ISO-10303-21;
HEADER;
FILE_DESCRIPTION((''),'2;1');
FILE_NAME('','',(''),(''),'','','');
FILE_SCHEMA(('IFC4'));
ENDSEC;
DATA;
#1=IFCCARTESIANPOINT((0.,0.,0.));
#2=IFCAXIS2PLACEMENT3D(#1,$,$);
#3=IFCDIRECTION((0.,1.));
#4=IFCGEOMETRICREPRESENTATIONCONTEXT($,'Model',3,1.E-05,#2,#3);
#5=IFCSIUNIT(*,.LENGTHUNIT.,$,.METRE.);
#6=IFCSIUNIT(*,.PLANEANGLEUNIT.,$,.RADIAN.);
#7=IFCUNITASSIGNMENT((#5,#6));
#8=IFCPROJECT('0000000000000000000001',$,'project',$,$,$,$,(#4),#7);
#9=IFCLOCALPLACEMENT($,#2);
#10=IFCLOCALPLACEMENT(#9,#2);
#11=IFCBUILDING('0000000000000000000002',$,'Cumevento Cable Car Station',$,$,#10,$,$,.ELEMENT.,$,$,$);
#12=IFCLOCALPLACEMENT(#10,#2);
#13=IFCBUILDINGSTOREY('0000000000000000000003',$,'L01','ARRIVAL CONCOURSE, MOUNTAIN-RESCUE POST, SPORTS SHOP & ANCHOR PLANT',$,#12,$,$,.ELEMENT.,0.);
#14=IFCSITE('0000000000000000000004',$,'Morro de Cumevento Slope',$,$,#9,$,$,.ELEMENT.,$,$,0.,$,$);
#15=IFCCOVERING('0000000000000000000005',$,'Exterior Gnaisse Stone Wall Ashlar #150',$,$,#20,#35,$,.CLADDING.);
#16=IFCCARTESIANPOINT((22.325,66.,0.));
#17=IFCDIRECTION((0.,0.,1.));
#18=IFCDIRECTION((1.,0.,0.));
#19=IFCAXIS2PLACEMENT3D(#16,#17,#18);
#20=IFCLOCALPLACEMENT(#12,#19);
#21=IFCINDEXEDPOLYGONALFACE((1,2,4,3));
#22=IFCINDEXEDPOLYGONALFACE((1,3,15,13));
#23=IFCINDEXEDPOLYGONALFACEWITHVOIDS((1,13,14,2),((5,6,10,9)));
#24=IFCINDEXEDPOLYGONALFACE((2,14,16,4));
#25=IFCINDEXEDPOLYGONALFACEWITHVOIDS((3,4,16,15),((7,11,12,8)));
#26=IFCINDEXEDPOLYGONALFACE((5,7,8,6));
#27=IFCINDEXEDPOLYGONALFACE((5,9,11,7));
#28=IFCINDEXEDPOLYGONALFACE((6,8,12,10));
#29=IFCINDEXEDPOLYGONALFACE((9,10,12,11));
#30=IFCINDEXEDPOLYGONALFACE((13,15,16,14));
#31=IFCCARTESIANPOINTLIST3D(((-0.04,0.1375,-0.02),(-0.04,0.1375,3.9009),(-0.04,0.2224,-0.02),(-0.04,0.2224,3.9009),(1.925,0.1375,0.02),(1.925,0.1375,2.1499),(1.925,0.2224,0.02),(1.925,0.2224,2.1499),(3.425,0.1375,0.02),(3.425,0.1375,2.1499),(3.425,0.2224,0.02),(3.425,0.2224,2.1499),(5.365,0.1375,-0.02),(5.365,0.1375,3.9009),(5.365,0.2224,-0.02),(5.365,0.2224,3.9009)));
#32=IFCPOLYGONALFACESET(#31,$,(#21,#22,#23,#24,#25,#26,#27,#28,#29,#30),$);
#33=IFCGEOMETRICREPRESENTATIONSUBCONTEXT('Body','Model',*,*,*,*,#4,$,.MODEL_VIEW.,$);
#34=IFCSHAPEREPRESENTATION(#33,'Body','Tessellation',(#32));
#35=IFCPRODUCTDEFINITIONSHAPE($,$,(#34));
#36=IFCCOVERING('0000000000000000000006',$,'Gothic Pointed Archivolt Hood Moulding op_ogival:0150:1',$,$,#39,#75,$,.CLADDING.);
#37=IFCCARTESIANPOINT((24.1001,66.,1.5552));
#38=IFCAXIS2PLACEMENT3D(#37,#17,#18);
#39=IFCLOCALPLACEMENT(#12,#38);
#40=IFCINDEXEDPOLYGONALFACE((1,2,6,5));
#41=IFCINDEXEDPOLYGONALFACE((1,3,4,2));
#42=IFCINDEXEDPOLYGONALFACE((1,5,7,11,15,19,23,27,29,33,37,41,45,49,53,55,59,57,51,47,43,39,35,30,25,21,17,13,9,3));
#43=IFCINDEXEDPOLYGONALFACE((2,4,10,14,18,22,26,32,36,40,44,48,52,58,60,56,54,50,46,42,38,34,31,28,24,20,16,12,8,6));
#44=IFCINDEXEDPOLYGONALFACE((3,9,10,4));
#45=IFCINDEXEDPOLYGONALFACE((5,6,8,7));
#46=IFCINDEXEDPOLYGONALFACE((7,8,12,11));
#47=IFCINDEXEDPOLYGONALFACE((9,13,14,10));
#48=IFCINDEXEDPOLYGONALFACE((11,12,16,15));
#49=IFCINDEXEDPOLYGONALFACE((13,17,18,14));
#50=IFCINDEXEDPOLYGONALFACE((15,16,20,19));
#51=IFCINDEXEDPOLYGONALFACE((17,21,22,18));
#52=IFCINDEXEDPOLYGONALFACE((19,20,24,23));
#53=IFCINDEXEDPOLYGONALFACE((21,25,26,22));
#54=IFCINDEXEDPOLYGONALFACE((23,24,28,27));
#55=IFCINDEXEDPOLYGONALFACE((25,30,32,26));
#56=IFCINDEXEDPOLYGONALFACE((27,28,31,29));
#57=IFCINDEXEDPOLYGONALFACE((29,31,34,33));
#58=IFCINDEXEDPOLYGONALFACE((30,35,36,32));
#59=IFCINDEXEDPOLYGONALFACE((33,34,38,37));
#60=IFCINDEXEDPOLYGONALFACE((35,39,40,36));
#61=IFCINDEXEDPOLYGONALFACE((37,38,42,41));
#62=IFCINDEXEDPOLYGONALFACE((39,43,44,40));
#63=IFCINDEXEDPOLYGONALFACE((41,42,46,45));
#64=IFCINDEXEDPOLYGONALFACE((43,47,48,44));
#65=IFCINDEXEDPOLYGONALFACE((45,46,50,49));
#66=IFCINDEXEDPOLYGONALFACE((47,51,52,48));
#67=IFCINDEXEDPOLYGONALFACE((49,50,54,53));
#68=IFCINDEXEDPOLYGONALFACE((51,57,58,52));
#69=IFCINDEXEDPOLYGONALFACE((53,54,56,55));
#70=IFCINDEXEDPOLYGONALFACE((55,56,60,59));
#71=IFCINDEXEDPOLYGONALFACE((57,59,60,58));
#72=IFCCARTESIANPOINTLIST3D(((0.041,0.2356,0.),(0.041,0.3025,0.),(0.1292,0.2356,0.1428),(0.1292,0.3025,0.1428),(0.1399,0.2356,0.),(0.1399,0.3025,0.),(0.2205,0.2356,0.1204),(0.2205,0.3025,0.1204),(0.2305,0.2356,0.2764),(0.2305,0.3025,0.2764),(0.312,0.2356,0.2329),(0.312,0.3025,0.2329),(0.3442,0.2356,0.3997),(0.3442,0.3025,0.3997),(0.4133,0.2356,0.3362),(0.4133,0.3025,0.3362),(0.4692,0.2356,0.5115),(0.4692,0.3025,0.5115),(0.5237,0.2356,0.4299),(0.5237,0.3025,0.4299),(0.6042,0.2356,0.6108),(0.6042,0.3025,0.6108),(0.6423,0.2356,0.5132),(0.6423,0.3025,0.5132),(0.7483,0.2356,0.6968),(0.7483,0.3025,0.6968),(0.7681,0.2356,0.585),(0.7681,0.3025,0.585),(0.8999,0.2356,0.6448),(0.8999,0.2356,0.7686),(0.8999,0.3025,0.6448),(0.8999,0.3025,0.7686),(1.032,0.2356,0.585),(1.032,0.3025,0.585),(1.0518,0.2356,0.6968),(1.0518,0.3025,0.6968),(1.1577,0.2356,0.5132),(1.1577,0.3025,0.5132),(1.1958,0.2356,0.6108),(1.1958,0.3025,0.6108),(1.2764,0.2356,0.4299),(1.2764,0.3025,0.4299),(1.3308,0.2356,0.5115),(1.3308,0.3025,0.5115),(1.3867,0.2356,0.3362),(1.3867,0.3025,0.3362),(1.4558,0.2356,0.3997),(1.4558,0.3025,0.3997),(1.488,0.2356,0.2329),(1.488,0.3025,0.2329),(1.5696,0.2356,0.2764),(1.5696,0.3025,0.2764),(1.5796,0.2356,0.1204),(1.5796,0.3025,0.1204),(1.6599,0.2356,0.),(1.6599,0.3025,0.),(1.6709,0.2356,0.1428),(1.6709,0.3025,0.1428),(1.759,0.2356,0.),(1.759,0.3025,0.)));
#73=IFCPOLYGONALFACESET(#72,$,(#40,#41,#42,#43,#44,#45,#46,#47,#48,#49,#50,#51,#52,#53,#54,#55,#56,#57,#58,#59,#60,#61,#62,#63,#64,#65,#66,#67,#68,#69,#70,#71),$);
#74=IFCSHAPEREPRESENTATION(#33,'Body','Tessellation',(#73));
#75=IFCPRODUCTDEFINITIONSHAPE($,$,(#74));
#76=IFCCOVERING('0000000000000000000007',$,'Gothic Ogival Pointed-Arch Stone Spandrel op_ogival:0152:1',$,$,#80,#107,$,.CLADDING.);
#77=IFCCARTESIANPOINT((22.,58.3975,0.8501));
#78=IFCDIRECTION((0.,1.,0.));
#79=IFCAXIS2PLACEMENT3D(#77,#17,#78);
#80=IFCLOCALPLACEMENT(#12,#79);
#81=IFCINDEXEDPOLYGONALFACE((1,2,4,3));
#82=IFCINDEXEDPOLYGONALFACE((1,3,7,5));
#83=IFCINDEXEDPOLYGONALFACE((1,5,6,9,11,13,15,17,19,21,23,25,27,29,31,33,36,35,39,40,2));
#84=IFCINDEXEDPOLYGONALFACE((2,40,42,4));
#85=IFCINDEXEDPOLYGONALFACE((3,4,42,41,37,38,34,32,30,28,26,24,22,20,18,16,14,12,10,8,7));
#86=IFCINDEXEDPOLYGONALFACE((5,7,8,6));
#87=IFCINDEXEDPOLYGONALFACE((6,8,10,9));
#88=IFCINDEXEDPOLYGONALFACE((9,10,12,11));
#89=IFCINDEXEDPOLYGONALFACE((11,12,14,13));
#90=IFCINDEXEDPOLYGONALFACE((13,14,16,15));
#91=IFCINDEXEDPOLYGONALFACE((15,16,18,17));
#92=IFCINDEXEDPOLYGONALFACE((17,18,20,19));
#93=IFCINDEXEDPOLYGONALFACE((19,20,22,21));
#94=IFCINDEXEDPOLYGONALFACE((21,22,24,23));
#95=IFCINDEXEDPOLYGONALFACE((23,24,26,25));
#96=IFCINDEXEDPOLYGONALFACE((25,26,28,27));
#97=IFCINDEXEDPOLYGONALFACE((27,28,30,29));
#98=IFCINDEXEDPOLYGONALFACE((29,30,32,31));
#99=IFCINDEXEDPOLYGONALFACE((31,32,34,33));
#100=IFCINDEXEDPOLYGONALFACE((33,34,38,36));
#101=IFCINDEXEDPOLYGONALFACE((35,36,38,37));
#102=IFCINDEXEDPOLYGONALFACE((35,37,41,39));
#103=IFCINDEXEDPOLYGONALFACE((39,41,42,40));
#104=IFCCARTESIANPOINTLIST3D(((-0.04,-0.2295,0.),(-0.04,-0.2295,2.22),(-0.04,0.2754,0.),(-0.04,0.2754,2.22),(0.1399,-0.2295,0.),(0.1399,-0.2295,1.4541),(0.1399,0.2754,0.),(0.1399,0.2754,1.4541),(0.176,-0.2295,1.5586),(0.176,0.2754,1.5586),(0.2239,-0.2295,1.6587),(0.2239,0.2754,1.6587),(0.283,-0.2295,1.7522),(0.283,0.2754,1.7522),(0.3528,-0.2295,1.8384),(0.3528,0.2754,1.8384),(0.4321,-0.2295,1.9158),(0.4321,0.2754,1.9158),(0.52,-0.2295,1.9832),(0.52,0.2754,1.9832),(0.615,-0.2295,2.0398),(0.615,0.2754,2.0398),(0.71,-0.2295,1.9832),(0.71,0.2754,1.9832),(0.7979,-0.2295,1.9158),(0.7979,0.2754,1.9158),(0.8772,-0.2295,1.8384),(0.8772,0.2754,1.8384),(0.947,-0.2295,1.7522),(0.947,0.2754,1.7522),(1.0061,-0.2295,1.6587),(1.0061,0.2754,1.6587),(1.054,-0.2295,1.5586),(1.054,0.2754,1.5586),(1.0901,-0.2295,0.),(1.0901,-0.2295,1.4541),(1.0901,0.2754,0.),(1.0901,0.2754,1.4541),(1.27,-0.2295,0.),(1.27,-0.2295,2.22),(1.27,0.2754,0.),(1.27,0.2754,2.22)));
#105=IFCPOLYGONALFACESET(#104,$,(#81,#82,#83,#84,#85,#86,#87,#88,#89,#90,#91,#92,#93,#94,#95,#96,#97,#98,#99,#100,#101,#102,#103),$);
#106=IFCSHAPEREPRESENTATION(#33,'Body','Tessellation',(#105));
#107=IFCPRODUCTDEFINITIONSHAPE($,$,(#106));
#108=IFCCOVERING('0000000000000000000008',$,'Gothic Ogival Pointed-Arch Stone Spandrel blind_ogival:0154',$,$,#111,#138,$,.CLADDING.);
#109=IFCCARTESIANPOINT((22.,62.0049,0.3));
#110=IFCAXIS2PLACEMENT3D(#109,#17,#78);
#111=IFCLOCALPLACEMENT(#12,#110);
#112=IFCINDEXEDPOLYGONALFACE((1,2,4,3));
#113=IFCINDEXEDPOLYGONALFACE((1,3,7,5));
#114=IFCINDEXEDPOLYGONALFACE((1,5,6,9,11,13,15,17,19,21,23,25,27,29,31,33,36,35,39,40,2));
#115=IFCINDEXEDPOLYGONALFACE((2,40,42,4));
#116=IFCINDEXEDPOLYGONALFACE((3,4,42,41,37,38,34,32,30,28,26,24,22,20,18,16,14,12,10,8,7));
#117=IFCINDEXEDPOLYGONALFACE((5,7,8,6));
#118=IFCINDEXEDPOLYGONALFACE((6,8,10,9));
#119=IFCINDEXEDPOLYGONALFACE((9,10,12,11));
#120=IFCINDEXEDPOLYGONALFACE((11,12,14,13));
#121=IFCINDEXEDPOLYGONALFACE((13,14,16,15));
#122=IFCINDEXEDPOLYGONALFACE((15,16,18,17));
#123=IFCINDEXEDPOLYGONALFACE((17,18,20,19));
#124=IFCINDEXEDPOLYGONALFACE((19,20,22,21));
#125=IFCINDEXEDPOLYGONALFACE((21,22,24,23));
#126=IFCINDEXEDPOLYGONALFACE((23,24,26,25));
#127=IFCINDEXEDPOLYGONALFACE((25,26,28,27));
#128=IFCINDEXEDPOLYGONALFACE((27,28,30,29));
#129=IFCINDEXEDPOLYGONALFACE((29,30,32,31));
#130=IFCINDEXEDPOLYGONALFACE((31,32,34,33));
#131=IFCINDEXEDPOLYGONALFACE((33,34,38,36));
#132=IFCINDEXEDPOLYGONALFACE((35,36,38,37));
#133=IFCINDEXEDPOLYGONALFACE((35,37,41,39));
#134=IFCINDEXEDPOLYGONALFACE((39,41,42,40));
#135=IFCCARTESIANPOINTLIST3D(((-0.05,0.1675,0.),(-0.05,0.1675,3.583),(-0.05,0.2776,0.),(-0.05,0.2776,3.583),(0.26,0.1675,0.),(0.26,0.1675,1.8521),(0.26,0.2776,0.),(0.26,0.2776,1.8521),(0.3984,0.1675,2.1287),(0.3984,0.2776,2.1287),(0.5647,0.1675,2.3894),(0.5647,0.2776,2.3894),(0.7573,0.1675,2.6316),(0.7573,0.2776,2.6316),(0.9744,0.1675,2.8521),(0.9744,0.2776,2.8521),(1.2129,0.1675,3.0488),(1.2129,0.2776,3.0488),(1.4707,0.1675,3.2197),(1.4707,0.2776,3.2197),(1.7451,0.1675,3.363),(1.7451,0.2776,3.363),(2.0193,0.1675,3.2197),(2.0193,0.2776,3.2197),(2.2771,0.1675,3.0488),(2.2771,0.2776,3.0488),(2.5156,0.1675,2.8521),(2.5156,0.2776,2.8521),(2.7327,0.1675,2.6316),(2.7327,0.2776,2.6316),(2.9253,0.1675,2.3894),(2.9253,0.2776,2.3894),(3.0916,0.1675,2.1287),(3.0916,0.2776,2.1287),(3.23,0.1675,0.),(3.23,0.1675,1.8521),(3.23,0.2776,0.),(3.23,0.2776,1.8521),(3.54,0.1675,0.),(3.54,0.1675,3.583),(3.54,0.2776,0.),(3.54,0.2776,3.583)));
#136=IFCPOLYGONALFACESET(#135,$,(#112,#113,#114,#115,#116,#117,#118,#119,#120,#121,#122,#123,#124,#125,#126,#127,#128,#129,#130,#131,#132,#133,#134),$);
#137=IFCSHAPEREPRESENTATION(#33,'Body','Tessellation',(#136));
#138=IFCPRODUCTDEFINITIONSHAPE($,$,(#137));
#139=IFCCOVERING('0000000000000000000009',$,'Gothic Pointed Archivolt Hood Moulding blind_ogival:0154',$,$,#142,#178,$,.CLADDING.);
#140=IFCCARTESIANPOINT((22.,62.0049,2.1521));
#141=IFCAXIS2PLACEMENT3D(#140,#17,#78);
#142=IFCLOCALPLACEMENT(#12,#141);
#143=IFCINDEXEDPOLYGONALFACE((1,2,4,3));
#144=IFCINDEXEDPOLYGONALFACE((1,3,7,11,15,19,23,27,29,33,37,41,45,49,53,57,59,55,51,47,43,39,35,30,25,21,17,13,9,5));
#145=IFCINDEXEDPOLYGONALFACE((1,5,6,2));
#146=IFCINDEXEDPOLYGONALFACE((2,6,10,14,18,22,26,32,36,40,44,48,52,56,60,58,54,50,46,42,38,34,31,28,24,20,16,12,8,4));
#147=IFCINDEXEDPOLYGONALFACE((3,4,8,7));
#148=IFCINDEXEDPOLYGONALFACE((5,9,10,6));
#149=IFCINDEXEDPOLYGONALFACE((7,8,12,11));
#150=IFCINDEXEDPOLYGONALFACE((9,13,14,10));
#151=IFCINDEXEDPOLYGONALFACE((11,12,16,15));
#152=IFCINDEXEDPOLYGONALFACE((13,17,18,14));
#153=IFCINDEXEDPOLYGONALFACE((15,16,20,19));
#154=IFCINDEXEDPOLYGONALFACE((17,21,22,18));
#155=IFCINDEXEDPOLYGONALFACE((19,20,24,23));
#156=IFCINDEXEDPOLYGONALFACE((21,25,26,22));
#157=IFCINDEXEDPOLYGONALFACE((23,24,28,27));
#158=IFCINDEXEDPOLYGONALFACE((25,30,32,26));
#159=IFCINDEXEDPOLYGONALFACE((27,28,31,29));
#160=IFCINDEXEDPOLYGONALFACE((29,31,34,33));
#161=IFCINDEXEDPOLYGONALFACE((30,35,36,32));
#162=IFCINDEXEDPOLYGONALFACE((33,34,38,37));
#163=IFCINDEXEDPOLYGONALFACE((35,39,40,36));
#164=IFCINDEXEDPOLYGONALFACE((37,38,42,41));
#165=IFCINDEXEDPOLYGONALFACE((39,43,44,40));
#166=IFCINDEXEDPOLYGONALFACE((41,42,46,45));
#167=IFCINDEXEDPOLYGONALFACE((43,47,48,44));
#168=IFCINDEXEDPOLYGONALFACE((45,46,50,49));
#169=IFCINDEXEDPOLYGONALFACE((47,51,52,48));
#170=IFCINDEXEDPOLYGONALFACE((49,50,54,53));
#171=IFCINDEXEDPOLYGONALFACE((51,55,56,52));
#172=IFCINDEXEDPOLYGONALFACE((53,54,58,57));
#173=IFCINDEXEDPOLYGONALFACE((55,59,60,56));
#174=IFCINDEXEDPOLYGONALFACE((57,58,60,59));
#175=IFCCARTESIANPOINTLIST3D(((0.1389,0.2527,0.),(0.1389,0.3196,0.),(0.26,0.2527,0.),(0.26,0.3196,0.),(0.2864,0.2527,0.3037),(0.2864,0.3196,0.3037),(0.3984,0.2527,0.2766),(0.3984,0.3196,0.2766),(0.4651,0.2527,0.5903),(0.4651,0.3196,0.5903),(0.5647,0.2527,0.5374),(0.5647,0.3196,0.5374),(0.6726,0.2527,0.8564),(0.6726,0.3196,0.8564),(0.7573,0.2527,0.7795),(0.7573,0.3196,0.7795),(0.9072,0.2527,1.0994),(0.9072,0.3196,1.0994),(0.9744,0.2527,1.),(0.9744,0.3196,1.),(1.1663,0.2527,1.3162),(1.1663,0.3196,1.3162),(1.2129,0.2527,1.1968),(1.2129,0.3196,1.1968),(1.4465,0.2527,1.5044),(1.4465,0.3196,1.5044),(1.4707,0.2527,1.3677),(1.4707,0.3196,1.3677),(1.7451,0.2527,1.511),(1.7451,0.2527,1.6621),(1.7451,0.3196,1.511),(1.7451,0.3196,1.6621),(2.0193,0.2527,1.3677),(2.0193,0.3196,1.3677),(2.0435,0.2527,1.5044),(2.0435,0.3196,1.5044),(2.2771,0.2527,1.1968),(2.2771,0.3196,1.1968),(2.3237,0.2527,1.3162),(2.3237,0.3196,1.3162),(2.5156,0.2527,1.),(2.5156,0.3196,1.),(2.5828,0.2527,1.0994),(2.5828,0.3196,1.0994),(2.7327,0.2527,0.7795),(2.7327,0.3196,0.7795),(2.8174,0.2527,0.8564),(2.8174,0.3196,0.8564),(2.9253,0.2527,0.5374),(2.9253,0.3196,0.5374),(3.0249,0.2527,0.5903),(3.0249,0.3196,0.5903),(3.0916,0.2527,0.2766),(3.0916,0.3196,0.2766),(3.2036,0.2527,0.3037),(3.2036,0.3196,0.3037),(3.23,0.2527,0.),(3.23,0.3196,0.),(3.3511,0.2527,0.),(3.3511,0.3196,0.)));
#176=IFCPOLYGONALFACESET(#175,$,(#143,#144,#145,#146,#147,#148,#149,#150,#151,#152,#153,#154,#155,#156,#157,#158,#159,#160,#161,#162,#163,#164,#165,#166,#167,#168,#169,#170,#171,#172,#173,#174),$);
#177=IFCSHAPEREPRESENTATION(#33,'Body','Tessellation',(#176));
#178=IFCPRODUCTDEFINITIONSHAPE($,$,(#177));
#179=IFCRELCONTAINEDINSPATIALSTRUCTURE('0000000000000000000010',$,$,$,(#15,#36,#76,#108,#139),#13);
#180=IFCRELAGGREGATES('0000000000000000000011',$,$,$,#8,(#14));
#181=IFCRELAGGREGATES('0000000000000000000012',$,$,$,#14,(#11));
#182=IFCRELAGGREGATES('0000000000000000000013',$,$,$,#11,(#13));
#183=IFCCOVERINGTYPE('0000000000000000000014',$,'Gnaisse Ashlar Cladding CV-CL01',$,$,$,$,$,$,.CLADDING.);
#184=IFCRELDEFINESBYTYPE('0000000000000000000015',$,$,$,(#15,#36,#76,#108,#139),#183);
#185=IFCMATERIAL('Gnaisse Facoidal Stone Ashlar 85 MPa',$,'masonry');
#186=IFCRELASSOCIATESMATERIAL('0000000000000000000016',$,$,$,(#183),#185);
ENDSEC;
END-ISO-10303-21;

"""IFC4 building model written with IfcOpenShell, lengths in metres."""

from ifc_helpers import new_model, si_unit, direction, frame, origin, place, context, subcontext, project, spatial, polyline, outline, extrude, material, type_object, element, save


model = new_model("IFC4")

# Units and contexts
model_context = context("Model", 3, precision=1e-05, world=origin(), true_north=direction((0.0, 1.0)))
body_context = subcontext(model_context, "Body", "Model", "MODEL_VIEW")
ifc_project = project(units=[si_unit("LENGTHUNIT", "METRE"), si_unit("PLANEANGLEUNIT", "RADIAN")], contexts=[model_context])

# Site, building, storey
site_placement = place(None, origin())
site = spatial("IfcSite", under=ifc_project, at=site_placement, Name="Morro de Cumevento Slope", CompositionType="ELEMENT", RefElevation=0.0)
building_placement = place(site_placement, origin())
building = spatial("IfcBuilding", under=site, at=building_placement, Name="Cumevento Cable Car Station", CompositionType="ELEMENT")
storey_placement = place(building_placement, origin())
storey = spatial("IfcBuildingStorey", under=building, at=storey_placement, Name="L01", Description="ARRIVAL CONCOURSE, MOUNTAIN-RESCUE POST, SPORTS SHOP & ANCHOR PLANT", CompositionType="ELEMENT", Elevation=0.0)

# Coverings
ifc_material_1 = material(Name="Gnaisse Facoidal Stone Ashlar 85 MPa", Category="masonry")
covering_type = type_object("IfcCoveringType", Name="Gnaisse Ashlar Cladding CV-CL01", PredefinedType="CLADDING", material=ifc_material_1)
covering_1_placement = place(storey_placement, frame((22.325, 66.0, 0.0), z_axis=(0.0, 0.0, 1.0), x_axis=(1.0, 0.0, 0.0)))
element("IfcCovering", 1, at=covering_1_placement, inside=storey, type_object=covering_type, Name="Exterior Gnaisse Stone Wall Ashlar #150", PredefinedType="CLADDING", context=body_context, shape_type="SweptSolid", body=[
    extrude(outline(polyline([(-0.04, -0.02), (5.365, -0.02), (5.365, 3.9009), (-0.04, 3.9009), (-0.04, -0.02)]), holes=[polyline([(1.925, 0.02), (3.425, 0.02), (3.425, 2.1499), (1.925, 2.1499), (1.925, 0.02)])]), frame((0.0, 0.2224, 0.0), z_axis=(0.0, -1.0, 0.0), x_axis=(1.0, 0.0, 0.0)), (0.0, 0.0, 1.0), 0.085),
])
covering_2_placement = place(storey_placement, frame((24.1001, 66.0, 1.5552), z_axis=(0.0, 0.0, 1.0), x_axis=(1.0, 0.0, 0.0)))
element("IfcCovering", 2, at=covering_2_placement, inside=storey, type_object=covering_type, Name="Gothic Pointed Archivolt Hood Moulding op_ogival:0150:1", PredefinedType="CLADDING", context=body_context, shape_type="SweptSolid", body=[
    extrude(outline(polyline([(0.1399, 0.0), (0.2205, 0.1204), (0.312, 0.2329), (0.4133, 0.3362), (0.5237, 0.4299), (0.6423, 0.5132), (0.7681, 0.585), (0.8999, 0.6448), (1.032, 0.585), (1.1577, 0.5132), (1.2764, 0.4299), (1.3867, 0.3362), (1.488, 0.2329), (1.5796, 0.1204), (1.6599, 0.0), (1.759, 0.0), (1.6709, 0.1428), (1.5696, 0.2764), (1.4558, 0.3997), (1.3308, 0.5115), (1.1958, 0.6108), (1.0518, 0.6968), (0.8999, 0.7686), (0.7483, 0.6968), (0.6042, 0.6108), (0.4692, 0.5115), (0.3442, 0.3997), (0.2305, 0.2764), (0.1292, 0.1428), (0.041, 0.0), (0.1399, 0.0)])), frame((0.0, 0.3025, 0.0), z_axis=(0.0, -1.0, 0.0), x_axis=(1.0, 0.0, 0.0)), (0.0, 0.0, 1.0), 0.0669),
])
covering_3_placement = place(storey_placement, frame((22.0, 58.3975, 0.8501), z_axis=(0.0, 0.0, 1.0), x_axis=(0.0, 1.0, 0.0)))
element("IfcCovering", 3, at=covering_3_placement, inside=storey, type_object=covering_type, Name="Gothic Ogival Pointed-Arch Stone Spandrel op_ogival:0152:1", PredefinedType="CLADDING", context=body_context, shape_type="SweptSolid", body=[
    extrude(outline(polyline([(-0.04, 0.0), (-0.04, 2.22), (1.27, 2.22), (1.27, 0.0), (1.0901, 0.0), (1.0901, 1.4541), (1.054, 1.5586), (1.0061, 1.6587), (0.947, 1.7522), (0.8772, 1.8384), (0.7979, 1.9158), (0.71, 1.9832), (0.615, 2.0398), (0.52, 1.9832), (0.4321, 1.9158), (0.3528, 1.8384), (0.283, 1.7522), (0.2239, 1.6587), (0.176, 1.5586), (0.1399, 1.4541), (0.1399, 0.0), (-0.04, 0.0)])), frame((0.0, 0.2754, 0.0), z_axis=(0.0, -1.0, 0.0), x_axis=(1.0, 0.0, 0.0)), (0.0, 0.0, 1.0), 0.5049),
])
covering_4_placement = place(storey_placement, frame((22.0, 62.0049, 0.3), z_axis=(0.0, 0.0, 1.0), x_axis=(0.0, 1.0, 0.0)))
element("IfcCovering", 4, at=covering_4_placement, inside=storey, type_object=covering_type, Name="Gothic Ogival Pointed-Arch Stone Spandrel blind_ogival:0154", PredefinedType="CLADDING", context=body_context, shape_type="SweptSolid", body=[
    extrude(outline(polyline([(-0.05, 0.0), (-0.05, 3.583), (3.54, 3.583), (3.54, 0.0), (3.23, 0.0), (3.23, 1.8521), (3.0916, 2.1287), (2.9253, 2.3894), (2.7327, 2.6316), (2.5156, 2.8521), (2.2771, 3.0488), (2.0193, 3.2197), (1.7451, 3.363), (1.4707, 3.2197), (1.2129, 3.0488), (0.9744, 2.8521), (0.7573, 2.6316), (0.5647, 2.3894), (0.3984, 2.1287), (0.26, 1.8521), (0.26, 0.0), (-0.05, 0.0)])), frame((0.0, 0.2776, 0.0), z_axis=(0.0, -1.0, 0.0), x_axis=(1.0, 0.0, 0.0)), (0.0, 0.0, 1.0), 0.1101),
])
covering_5_placement = place(storey_placement, frame((22.0, 62.0049, 2.1521), z_axis=(0.0, 0.0, 1.0), x_axis=(0.0, 1.0, 0.0)))
element("IfcCovering", 5, at=covering_5_placement, inside=storey, type_object=covering_type, Name="Gothic Pointed Archivolt Hood Moulding blind_ogival:0154", PredefinedType="CLADDING", context=body_context, shape_type="SweptSolid", body=[
    extrude(outline(polyline([(0.26, 0.0), (0.3984, 0.2766), (0.5647, 0.5374), (0.7573, 0.7795), (0.9744, 1.0), (1.2129, 1.1968), (1.4707, 1.3677), (1.7451, 1.511), (2.0193, 1.3677), (2.2771, 1.1968), (2.5156, 1.0), (2.7327, 0.7795), (2.9253, 0.5374), (3.0916, 0.2766), (3.23, 0.0), (3.3511, 0.0), (3.2036, 0.3037), (3.0249, 0.5903), (2.8174, 0.8564), (2.5828, 1.0994), (2.3237, 1.3162), (2.0435, 1.5044), (1.7451, 1.6621), (1.4465, 1.5044), (1.1663, 1.3162), (0.9072, 1.0994), (0.6726, 0.8564), (0.4651, 0.5903), (0.2864, 0.3037), (0.1389, 0.0), (0.26, 0.0)])), frame((0.0, 0.3196, 0.0), z_axis=(0.0, -1.0, 0.0), x_axis=(1.0, 0.0, 0.0)), (0.0, 0.0, 1.0), 0.0669),
])

save(model, "model.ifc")
